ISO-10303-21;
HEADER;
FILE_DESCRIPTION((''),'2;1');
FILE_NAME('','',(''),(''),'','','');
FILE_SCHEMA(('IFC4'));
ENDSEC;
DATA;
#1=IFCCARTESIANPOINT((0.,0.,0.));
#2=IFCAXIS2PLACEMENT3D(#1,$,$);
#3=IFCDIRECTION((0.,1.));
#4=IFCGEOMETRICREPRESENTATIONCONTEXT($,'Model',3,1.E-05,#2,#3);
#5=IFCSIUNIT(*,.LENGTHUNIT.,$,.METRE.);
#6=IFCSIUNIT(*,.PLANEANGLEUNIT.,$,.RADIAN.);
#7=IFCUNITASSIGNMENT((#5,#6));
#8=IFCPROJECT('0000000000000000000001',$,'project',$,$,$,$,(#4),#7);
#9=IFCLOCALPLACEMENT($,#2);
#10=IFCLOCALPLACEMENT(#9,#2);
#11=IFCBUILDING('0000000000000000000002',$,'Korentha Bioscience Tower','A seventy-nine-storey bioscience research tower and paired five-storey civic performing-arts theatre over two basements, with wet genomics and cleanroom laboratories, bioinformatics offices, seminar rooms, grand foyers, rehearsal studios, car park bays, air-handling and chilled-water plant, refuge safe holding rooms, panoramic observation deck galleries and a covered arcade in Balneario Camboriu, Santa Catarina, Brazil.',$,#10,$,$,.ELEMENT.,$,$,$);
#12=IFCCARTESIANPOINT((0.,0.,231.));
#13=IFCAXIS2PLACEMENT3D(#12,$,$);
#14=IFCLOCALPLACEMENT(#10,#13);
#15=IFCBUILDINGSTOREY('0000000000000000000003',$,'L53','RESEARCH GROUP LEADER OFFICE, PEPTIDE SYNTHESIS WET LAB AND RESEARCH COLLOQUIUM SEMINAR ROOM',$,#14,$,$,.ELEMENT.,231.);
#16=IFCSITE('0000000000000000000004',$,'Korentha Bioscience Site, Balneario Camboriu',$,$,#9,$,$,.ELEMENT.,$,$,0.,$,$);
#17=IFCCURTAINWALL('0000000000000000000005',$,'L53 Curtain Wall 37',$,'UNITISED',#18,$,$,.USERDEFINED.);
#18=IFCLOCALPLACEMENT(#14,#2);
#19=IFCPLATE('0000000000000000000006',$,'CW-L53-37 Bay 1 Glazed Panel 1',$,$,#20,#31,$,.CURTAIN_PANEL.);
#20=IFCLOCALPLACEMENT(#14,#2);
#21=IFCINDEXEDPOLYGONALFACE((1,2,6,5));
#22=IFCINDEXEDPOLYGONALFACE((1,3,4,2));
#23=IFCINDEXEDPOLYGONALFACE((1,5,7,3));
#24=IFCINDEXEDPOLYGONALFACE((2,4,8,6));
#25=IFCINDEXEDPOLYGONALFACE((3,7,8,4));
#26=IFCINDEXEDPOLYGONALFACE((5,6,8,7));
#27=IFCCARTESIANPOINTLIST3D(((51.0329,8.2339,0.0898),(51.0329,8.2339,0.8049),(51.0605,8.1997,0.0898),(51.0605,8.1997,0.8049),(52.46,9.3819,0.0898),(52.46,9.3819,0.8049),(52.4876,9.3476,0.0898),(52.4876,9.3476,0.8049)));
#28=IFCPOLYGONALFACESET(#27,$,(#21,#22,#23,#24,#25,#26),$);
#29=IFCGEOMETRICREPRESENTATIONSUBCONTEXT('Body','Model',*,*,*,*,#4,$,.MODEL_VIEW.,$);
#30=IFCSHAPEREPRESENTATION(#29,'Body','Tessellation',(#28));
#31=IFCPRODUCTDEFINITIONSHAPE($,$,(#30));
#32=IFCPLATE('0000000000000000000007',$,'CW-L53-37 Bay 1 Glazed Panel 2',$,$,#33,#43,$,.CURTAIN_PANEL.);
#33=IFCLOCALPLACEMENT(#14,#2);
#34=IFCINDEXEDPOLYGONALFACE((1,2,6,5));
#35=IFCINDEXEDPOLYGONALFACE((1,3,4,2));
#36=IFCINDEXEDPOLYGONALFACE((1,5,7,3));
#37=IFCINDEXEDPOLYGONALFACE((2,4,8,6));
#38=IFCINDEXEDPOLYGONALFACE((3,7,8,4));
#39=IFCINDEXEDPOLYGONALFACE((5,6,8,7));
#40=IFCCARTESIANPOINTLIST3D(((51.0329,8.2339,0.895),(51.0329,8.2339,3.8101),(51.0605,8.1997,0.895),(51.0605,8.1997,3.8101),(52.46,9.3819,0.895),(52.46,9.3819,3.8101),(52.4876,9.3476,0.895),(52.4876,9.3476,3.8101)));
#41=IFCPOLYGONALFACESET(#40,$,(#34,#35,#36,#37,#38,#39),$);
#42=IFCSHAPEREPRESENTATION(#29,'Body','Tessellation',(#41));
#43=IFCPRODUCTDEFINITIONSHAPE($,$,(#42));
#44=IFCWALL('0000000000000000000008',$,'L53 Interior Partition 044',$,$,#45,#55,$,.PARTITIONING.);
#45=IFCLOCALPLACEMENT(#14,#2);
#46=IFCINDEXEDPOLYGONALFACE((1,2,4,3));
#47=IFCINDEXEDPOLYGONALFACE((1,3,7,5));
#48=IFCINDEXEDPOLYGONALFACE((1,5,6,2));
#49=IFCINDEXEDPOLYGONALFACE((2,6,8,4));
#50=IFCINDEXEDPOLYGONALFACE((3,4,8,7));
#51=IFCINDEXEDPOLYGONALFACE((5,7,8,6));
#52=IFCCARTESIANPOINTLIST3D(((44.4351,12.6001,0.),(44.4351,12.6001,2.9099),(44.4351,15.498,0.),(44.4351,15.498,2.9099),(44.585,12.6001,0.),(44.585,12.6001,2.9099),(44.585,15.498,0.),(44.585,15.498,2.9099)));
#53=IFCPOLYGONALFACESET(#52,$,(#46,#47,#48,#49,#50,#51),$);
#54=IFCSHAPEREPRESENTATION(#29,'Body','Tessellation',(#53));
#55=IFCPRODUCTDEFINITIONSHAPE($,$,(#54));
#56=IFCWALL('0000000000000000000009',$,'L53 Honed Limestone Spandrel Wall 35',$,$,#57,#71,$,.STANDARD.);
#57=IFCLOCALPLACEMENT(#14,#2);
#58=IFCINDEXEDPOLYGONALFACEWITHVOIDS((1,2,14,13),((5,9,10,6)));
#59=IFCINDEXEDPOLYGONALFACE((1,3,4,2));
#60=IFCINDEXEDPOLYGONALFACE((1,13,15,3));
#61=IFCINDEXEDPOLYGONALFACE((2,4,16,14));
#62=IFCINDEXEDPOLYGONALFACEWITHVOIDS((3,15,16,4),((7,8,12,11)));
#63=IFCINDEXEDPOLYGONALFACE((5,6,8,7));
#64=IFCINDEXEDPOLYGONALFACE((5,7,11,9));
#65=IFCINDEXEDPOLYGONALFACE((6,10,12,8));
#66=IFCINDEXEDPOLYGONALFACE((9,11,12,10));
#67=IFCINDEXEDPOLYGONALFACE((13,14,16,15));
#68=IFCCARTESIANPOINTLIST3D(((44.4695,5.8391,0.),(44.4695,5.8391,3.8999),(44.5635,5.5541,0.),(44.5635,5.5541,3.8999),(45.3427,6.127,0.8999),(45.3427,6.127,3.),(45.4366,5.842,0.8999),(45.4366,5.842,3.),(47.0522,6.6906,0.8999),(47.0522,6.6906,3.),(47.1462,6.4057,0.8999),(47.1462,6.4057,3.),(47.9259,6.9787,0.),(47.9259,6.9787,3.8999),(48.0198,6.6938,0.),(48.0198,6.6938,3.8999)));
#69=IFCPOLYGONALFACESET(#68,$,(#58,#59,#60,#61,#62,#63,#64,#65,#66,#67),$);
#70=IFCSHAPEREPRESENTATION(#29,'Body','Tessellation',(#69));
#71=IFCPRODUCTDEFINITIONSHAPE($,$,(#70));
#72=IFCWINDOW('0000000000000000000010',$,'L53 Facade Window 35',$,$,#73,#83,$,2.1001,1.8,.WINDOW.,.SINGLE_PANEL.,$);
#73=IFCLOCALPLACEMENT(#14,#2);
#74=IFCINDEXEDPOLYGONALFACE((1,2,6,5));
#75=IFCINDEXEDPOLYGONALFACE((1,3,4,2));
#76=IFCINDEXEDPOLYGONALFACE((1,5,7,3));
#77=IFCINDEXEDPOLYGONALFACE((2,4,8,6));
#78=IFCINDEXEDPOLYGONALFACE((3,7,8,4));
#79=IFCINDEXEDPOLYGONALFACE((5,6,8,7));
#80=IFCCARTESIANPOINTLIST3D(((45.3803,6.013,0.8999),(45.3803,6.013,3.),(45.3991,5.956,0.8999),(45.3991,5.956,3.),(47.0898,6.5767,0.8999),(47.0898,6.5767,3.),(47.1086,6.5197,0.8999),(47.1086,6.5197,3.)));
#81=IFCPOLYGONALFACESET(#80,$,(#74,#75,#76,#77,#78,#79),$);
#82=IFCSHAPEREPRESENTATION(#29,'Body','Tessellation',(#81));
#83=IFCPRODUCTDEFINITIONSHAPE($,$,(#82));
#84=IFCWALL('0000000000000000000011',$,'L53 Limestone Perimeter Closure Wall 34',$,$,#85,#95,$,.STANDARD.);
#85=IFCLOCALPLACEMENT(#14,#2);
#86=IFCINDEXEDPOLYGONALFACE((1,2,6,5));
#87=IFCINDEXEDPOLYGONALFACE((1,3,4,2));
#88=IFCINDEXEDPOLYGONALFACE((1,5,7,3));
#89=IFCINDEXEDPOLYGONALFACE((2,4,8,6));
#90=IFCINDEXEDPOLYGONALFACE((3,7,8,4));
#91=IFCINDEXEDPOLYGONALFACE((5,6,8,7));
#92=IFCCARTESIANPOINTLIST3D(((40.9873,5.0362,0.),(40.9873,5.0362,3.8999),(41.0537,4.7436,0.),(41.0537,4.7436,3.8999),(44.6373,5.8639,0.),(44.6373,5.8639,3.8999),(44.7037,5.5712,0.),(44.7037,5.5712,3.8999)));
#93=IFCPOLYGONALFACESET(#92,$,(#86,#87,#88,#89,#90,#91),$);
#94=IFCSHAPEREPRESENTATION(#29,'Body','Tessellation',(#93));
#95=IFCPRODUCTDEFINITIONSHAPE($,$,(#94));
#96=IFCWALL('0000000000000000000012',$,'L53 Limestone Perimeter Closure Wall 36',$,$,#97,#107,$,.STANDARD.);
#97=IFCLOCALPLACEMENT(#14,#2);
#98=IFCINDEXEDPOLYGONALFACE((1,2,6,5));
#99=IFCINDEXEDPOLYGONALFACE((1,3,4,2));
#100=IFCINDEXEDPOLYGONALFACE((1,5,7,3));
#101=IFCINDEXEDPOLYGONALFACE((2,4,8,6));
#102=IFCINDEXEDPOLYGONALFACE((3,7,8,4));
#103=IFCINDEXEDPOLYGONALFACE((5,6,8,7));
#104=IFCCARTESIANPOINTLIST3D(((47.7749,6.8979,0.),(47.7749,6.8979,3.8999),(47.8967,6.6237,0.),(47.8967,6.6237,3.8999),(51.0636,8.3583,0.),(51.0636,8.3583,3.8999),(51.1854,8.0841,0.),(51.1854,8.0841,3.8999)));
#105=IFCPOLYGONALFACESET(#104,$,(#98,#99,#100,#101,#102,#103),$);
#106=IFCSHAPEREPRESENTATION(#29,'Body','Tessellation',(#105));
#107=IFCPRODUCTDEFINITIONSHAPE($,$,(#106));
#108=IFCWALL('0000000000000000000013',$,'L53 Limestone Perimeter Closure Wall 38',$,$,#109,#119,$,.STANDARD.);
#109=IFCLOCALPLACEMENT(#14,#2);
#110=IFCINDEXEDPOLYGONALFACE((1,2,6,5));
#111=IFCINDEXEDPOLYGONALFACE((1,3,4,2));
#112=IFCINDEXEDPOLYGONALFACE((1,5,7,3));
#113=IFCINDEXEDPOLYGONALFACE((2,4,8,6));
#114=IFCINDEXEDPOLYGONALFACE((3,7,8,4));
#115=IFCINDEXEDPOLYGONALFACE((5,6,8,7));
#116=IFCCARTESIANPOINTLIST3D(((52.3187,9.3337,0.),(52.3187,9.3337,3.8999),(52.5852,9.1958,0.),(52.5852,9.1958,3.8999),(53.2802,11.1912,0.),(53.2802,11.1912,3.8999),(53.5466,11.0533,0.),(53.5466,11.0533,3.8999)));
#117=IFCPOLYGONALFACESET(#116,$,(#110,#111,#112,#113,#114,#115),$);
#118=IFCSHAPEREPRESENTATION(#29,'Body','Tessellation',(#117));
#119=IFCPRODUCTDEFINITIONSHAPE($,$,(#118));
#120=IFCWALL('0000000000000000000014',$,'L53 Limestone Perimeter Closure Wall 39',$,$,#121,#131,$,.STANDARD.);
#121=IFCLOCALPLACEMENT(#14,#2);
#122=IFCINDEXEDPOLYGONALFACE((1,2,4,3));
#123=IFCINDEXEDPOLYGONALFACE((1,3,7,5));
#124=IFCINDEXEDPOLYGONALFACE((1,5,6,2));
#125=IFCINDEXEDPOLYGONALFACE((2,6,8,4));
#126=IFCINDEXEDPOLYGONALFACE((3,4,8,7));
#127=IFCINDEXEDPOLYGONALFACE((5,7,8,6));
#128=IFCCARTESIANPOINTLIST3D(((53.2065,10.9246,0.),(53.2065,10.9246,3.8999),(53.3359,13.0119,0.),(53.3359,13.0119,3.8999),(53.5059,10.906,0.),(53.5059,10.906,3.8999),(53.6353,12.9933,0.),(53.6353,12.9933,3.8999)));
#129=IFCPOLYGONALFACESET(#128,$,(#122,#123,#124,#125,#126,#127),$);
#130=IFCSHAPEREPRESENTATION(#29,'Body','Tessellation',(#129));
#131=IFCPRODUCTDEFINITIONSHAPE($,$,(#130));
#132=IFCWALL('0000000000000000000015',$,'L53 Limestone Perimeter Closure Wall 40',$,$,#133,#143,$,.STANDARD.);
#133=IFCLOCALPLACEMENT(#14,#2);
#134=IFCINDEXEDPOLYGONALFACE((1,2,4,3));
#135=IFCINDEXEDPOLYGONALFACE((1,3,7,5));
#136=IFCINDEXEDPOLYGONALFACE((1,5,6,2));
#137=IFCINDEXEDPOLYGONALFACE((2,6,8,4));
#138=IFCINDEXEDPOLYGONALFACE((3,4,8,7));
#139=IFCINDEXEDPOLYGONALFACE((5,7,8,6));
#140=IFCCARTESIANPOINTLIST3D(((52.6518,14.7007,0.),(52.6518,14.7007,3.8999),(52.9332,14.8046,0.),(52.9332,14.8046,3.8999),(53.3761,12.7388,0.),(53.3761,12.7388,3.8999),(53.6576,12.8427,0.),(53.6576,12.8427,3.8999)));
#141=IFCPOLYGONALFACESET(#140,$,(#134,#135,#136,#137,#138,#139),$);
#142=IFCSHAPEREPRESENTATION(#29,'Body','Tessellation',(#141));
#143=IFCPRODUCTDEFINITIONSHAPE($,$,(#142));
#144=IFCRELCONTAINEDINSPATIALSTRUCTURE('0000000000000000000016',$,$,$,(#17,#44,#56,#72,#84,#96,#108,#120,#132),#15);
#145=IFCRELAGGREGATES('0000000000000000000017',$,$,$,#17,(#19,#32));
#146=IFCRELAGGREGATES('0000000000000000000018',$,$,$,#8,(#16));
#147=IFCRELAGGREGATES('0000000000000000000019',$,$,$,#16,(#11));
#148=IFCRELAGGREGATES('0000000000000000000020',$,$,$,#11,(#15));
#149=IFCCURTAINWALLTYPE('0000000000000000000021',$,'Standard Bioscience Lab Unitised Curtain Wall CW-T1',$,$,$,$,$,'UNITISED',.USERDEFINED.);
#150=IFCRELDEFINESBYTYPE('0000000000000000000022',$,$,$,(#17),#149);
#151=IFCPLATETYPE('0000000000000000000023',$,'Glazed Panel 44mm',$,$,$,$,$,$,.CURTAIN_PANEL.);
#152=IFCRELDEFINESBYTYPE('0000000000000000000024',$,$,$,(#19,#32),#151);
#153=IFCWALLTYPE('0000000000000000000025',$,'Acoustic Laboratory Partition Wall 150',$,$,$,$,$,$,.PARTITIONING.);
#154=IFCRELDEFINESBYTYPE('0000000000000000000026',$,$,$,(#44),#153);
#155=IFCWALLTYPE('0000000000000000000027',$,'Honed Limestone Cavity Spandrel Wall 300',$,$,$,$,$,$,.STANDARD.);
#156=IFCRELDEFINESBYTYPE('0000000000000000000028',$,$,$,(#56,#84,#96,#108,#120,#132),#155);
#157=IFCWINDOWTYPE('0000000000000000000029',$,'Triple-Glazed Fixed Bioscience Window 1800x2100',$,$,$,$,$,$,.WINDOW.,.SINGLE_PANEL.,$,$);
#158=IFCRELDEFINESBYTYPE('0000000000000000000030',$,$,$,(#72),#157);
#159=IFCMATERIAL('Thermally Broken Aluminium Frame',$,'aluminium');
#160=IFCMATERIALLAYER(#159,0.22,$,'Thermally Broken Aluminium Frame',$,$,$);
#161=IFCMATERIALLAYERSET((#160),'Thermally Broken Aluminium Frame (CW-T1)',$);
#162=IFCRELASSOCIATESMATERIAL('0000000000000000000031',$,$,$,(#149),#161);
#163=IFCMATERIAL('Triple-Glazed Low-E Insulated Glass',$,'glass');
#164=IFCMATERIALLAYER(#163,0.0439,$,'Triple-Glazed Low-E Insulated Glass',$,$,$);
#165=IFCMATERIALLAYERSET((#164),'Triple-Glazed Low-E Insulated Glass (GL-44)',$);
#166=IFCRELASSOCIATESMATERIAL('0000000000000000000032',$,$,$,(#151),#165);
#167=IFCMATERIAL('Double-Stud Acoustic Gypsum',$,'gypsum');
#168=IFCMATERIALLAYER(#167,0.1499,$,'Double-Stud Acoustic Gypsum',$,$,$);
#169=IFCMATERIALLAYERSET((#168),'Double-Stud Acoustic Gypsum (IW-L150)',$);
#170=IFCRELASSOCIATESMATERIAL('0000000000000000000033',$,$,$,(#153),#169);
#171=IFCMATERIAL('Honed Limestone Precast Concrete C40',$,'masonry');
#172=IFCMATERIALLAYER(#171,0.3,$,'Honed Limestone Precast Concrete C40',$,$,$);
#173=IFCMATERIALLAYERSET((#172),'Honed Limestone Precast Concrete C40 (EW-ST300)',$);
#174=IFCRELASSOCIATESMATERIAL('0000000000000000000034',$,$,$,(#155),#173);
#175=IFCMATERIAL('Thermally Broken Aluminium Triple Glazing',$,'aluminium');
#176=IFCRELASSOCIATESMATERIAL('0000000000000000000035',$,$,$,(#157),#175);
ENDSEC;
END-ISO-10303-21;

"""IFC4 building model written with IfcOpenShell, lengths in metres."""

from ifc_helpers import new_model, si_unit, direction, frame, frame_2d, origin, origin_2d, place, context, subcontext, project, spatial, rectangle, extrude, material, layer, layer_set, type_object, element, fill, aggregate, save


model = new_model("IFC4")

# Units and contexts
model_context = context("Model", 3, precision=1e-05, world=origin(), true_north=direction((0.0, 1.0)))
body_context = subcontext(model_context, "Body", "Model", "MODEL_VIEW")
ifc_project = project(units=[si_unit("LENGTHUNIT", "METRE"), si_unit("PLANEANGLEUNIT", "RADIAN")], contexts=[model_context])

# Site, building, storey
site_placement = place(None, origin())
site = spatial("IfcSite", under=ifc_project, at=site_placement, Name="Korentha Bioscience Site, Balneario Camboriu", CompositionType="ELEMENT", RefElevation=0.0)
building_placement = place(site_placement, origin())
building = spatial("IfcBuilding", under=site, at=building_placement, Name="Korentha Bioscience Tower", Description="A seventy-nine-storey bioscience research tower and paired five-storey civic performing-arts theatre over two basements, with wet genomics and cleanroom laboratories, bioinformatics offices, seminar rooms, grand foyers, rehearsal studios, car park bays, air-handling and chilled-water plant, refuge safe holding rooms, panoramic observation deck galleries and a covered arcade in Balneario Camboriu, Santa Catarina, Brazil.", CompositionType="ELEMENT")
storey_placement = place(building_placement, frame((0.0, 0.0, 231.0)))
storey = spatial("IfcBuildingStorey", under=building, at=storey_placement, Name="L53", Description="RESEARCH GROUP LEADER OFFICE, PEPTIDE SYNTHESIS WET LAB AND RESEARCH COLLOQUIUM SEMINAR ROOM", CompositionType="ELEMENT", Elevation=231.0)

# Curtain wall
ifc_material_1 = material(Name="Thermally Broken Aluminium Frame", Category="aluminium")
ifc_layer_1 = layer(ifc_material_1, 0.22, Name="Thermally Broken Aluminium Frame")
ifc_layer_set_1 = layer_set([ifc_layer_1], Name="Thermally Broken Aluminium Frame (CW-T1)")
curtain_wall_type = type_object("IfcCurtainWallType", Name="Standard Bioscience Lab Unitised Curtain Wall CW-T1", ElementType="UNITISED", PredefinedType="USERDEFINED", material=ifc_layer_set_1)
curtain_wall_placement = place(storey_placement, origin())
curtain_wall = element("IfcCurtainWall", 1, at=curtain_wall_placement, inside=storey, type_object=curtain_wall_type, Name="L53 Curtain Wall 37", ObjectType="UNITISED", PredefinedType="USERDEFINED")

# Plates
ifc_material_2 = material(Name="Triple-Glazed Low-E Insulated Glass", Category="glass")
ifc_layer_2 = layer(ifc_material_2, 0.0439, Name="Triple-Glazed Low-E Insulated Glass")
ifc_layer_set_2 = layer_set([ifc_layer_2], Name="Triple-Glazed Low-E Insulated Glass (GL-44)")
plate_type = type_object("IfcPlateType", Name="Glazed Panel 44mm", PredefinedType="CURTAIN_PANEL", material=ifc_layer_set_2)
plate_1_placement = place(storey_placement, frame((51.7603, 8.7908, 0.0898), z_axis=(0.0, 0.0, 1.0), x_axis=(0.779198, 0.626778, 0.0)))
plate_1 = element("IfcPlate", 2, at=plate_1_placement, type_object=plate_type, Name="CW-L53-37 Bay 1 Glazed Panel 1", PredefinedType="CURTAIN_PANEL", context=body_context, shape_type="SweptSolid", body=[
    extrude(rectangle(XDim=1.8315, YDim=0.0439, at=origin_2d()), origin(), (0.0, 0.0, 1.0), 0.7151),
])
plate_2_placement = place(storey_placement, frame((51.7603, 8.7908, 0.895), z_axis=(0.0, 0.0, 1.0), x_axis=(0.779198, 0.626778, 0.0)))
plate_2 = element("IfcPlate", 3, at=plate_2_placement, type_object=plate_type, Name="CW-L53-37 Bay 1 Glazed Panel 2", PredefinedType="CURTAIN_PANEL", context=body_context, shape_type="SweptSolid", body=[
    extrude(rectangle(XDim=1.8315, YDim=0.0439, at=origin_2d()), origin(), (0.0, 0.0, 1.0), 2.915),
])
aggregate(curtain_wall, [plate_1, plate_2])

# Wall
ifc_material_3 = material(Name="Double-Stud Acoustic Gypsum", Category="gypsum")
ifc_layer_3 = layer(ifc_material_3, 0.1499, Name="Double-Stud Acoustic Gypsum")
ifc_layer_set_3 = layer_set([ifc_layer_3], Name="Double-Stud Acoustic Gypsum (IW-L150)")
wall_type_1 = type_object("IfcWallType", Name="Acoustic Laboratory Partition Wall 150", PredefinedType="PARTITIONING", material=ifc_layer_set_3)
wall_1_placement = place(storey_placement, frame((44.51, 12.6001, 0.0), z_axis=(0.0, 0.0, 1.0), x_axis=(0.0, 1.0, 0.0)))
element("IfcWall", 4, at=wall_1_placement, inside=storey, type_object=wall_type_1, Name="L53 Interior Partition 044", PredefinedType="PARTITIONING", context=body_context, shape_type="SweptSolid", body=[
    extrude(rectangle(XDim=2.8979, YDim=0.1499, at=frame_2d((1.449, 0.0))), origin(), (0.0, 0.0, 1.0), 2.9099),
])

# Wall, opening, window
ifc_material_4 = material(Name="Honed Limestone Precast Concrete C40", Category="masonry")
ifc_layer_4 = layer(ifc_material_4, 0.3, Name="Honed Limestone Precast Concrete C40")
ifc_layer_set_4 = layer_set([ifc_layer_4], Name="Honed Limestone Precast Concrete C40 (EW-ST300)")
wall_type_2 = type_object("IfcWallType", Name="Honed Limestone Cavity Spandrel Wall 300", PredefinedType="STANDARD", material=ifc_layer_set_4)
wall_2_placement = place(storey_placement, frame((44.5164, 5.6965, 0.0), z_axis=(0.0, 0.0, 1.0), x_axis=(0.949705, 0.313147, 0.0)))
wall_2 = element("IfcWall", 5, at=wall_2_placement, inside=storey, type_object=wall_type_2, Name="L53 Honed Limestone Spandrel Wall 35", PredefinedType="STANDARD", context=body_context, shape_type="SweptSolid", body=[
    extrude(rectangle(XDim=3.6394, YDim=0.3, at=frame_2d((1.8198, 0.0))), origin(), (0.0, 0.0, 1.0), 3.8999),
])
opening_placement = place(wall_2_placement, frame((0.9197, 0.0, 0.8999)))
opening = element("IfcOpeningElement", 6, at=opening_placement, cuts=wall_2, PredefinedType="OPENING", context=body_context, shape_type="SweptSolid", body=[
    extrude(rectangle(XDim=1.8, YDim=2.1001, at=frame_2d((0.8999, 1.05))), frame((0.0, 0.165, 0.0), z_axis=(0.0, -1.0, 0.0), x_axis=(1.0, 0.0, 0.0)), (0.0, 0.0, 1.0), 0.3298),
])
ifc_material_5 = material(Name="Thermally Broken Aluminium Triple Glazing", Category="aluminium")
window_type = type_object("IfcWindowType", Name="Triple-Glazed Fixed Bioscience Window 1800x2100", PartitioningType="SINGLE_PANEL", PredefinedType="WINDOW", material=ifc_material_5)
window_placement = place(opening_placement, origin())
window = element("IfcWindow", 7, at=window_placement, inside=storey, type_object=window_type, Name="L53 Facade Window 35", OverallHeight=2.1001, OverallWidth=1.8, PartitioningType="SINGLE_PANEL", PredefinedType="WINDOW", context=body_context, shape_type="SweptSolid", body=[
    extrude(rectangle(XDim=1.8, YDim=2.1001, at=frame_2d((0.8999, 1.05))), frame((0.0, 0.03, 0.0), z_axis=(0.0, -1.0, 0.0), x_axis=(1.0, 0.0, 0.0)), (0.0, 0.0, 1.0), 0.0601),
])
fill(opening, window)

# Walls
wall_3_placement = place(storey_placement, frame((41.0205, 4.8899, 0.0), z_axis=(0.0, 0.0, 1.0), x_axis=(0.975242, 0.221142, 0.0)))
element("IfcWall", 8, at=wall_3_placement, inside=storey, type_object=wall_type_2, Name="L53 Limestone Perimeter Closure Wall 34", PredefinedType="STANDARD", context=body_context, shape_type="SweptSolid", body=[
    extrude(rectangle(XDim=3.7427, YDim=0.3, at=frame_2d((1.8713, 0.0))), origin(), (0.0, 0.0, 1.0), 3.8999),
])
wall_4_placement = place(storey_placement, frame((47.8357, 6.7607, 0.0), z_axis=(0.0, 0.0, 1.0), x_axis=(0.91394, 0.405849, 0.0)))
element("IfcWall", 9, at=wall_4_placement, inside=storey, type_object=wall_type_2, Name="L53 Limestone Perimeter Closure Wall 36", PredefinedType="STANDARD", context=body_context, shape_type="SweptSolid", body=[
    extrude(rectangle(XDim=3.5984, YDim=0.3, at=frame_2d((1.7993, 0.0))), origin(), (0.0, 0.0, 1.0), 3.8999),
])
wall_5_placement = place(storey_placement, frame((52.4519, 9.2646, 0.0), z_axis=(0.0, 0.0, 1.0), x_axis=(0.459683, 0.888083, 0.0)))
element("IfcWall", 10, at=wall_5_placement, inside=storey, type_object=wall_type_2, Name="L53 Limestone Perimeter Closure Wall 38", PredefinedType="STANDARD", context=body_context, shape_type="SweptSolid", body=[
    extrude(rectangle(XDim=2.0916, YDim=0.3, at=frame_2d((1.0459, 0.0))), origin(), (0.0, 0.0, 1.0), 3.8999),
])
for number, where, z_axis, x_axis, name in (
    (11, (53.3562, 10.9153, 0.0), (0.0, 0.0, 1.0), (0.06187, 0.998084, 0.0), "L53 Limestone Perimeter Closure Wall 39"),
    (12, (53.5168, 12.7908, 0.0), (0.0, 0.0, 1.0), (-0.34636, 0.938102, 0.0), "L53 Limestone Perimeter Closure Wall 40"),
):
    element("IfcWall", number, at=place(storey_placement, frame(where, z_axis=z_axis, x_axis=x_axis)), inside=storey, type_object=wall_type_2, Name=name, PredefinedType="STANDARD", context=body_context, shape_type="SweptSolid", body=[
        extrude(rectangle(XDim=2.0913, YDim=0.3, at=frame_2d((1.0457, 0.0))), origin(), (0.0, 0.0, 1.0), 3.8999),
    ])

save(model, "model.ifc")
